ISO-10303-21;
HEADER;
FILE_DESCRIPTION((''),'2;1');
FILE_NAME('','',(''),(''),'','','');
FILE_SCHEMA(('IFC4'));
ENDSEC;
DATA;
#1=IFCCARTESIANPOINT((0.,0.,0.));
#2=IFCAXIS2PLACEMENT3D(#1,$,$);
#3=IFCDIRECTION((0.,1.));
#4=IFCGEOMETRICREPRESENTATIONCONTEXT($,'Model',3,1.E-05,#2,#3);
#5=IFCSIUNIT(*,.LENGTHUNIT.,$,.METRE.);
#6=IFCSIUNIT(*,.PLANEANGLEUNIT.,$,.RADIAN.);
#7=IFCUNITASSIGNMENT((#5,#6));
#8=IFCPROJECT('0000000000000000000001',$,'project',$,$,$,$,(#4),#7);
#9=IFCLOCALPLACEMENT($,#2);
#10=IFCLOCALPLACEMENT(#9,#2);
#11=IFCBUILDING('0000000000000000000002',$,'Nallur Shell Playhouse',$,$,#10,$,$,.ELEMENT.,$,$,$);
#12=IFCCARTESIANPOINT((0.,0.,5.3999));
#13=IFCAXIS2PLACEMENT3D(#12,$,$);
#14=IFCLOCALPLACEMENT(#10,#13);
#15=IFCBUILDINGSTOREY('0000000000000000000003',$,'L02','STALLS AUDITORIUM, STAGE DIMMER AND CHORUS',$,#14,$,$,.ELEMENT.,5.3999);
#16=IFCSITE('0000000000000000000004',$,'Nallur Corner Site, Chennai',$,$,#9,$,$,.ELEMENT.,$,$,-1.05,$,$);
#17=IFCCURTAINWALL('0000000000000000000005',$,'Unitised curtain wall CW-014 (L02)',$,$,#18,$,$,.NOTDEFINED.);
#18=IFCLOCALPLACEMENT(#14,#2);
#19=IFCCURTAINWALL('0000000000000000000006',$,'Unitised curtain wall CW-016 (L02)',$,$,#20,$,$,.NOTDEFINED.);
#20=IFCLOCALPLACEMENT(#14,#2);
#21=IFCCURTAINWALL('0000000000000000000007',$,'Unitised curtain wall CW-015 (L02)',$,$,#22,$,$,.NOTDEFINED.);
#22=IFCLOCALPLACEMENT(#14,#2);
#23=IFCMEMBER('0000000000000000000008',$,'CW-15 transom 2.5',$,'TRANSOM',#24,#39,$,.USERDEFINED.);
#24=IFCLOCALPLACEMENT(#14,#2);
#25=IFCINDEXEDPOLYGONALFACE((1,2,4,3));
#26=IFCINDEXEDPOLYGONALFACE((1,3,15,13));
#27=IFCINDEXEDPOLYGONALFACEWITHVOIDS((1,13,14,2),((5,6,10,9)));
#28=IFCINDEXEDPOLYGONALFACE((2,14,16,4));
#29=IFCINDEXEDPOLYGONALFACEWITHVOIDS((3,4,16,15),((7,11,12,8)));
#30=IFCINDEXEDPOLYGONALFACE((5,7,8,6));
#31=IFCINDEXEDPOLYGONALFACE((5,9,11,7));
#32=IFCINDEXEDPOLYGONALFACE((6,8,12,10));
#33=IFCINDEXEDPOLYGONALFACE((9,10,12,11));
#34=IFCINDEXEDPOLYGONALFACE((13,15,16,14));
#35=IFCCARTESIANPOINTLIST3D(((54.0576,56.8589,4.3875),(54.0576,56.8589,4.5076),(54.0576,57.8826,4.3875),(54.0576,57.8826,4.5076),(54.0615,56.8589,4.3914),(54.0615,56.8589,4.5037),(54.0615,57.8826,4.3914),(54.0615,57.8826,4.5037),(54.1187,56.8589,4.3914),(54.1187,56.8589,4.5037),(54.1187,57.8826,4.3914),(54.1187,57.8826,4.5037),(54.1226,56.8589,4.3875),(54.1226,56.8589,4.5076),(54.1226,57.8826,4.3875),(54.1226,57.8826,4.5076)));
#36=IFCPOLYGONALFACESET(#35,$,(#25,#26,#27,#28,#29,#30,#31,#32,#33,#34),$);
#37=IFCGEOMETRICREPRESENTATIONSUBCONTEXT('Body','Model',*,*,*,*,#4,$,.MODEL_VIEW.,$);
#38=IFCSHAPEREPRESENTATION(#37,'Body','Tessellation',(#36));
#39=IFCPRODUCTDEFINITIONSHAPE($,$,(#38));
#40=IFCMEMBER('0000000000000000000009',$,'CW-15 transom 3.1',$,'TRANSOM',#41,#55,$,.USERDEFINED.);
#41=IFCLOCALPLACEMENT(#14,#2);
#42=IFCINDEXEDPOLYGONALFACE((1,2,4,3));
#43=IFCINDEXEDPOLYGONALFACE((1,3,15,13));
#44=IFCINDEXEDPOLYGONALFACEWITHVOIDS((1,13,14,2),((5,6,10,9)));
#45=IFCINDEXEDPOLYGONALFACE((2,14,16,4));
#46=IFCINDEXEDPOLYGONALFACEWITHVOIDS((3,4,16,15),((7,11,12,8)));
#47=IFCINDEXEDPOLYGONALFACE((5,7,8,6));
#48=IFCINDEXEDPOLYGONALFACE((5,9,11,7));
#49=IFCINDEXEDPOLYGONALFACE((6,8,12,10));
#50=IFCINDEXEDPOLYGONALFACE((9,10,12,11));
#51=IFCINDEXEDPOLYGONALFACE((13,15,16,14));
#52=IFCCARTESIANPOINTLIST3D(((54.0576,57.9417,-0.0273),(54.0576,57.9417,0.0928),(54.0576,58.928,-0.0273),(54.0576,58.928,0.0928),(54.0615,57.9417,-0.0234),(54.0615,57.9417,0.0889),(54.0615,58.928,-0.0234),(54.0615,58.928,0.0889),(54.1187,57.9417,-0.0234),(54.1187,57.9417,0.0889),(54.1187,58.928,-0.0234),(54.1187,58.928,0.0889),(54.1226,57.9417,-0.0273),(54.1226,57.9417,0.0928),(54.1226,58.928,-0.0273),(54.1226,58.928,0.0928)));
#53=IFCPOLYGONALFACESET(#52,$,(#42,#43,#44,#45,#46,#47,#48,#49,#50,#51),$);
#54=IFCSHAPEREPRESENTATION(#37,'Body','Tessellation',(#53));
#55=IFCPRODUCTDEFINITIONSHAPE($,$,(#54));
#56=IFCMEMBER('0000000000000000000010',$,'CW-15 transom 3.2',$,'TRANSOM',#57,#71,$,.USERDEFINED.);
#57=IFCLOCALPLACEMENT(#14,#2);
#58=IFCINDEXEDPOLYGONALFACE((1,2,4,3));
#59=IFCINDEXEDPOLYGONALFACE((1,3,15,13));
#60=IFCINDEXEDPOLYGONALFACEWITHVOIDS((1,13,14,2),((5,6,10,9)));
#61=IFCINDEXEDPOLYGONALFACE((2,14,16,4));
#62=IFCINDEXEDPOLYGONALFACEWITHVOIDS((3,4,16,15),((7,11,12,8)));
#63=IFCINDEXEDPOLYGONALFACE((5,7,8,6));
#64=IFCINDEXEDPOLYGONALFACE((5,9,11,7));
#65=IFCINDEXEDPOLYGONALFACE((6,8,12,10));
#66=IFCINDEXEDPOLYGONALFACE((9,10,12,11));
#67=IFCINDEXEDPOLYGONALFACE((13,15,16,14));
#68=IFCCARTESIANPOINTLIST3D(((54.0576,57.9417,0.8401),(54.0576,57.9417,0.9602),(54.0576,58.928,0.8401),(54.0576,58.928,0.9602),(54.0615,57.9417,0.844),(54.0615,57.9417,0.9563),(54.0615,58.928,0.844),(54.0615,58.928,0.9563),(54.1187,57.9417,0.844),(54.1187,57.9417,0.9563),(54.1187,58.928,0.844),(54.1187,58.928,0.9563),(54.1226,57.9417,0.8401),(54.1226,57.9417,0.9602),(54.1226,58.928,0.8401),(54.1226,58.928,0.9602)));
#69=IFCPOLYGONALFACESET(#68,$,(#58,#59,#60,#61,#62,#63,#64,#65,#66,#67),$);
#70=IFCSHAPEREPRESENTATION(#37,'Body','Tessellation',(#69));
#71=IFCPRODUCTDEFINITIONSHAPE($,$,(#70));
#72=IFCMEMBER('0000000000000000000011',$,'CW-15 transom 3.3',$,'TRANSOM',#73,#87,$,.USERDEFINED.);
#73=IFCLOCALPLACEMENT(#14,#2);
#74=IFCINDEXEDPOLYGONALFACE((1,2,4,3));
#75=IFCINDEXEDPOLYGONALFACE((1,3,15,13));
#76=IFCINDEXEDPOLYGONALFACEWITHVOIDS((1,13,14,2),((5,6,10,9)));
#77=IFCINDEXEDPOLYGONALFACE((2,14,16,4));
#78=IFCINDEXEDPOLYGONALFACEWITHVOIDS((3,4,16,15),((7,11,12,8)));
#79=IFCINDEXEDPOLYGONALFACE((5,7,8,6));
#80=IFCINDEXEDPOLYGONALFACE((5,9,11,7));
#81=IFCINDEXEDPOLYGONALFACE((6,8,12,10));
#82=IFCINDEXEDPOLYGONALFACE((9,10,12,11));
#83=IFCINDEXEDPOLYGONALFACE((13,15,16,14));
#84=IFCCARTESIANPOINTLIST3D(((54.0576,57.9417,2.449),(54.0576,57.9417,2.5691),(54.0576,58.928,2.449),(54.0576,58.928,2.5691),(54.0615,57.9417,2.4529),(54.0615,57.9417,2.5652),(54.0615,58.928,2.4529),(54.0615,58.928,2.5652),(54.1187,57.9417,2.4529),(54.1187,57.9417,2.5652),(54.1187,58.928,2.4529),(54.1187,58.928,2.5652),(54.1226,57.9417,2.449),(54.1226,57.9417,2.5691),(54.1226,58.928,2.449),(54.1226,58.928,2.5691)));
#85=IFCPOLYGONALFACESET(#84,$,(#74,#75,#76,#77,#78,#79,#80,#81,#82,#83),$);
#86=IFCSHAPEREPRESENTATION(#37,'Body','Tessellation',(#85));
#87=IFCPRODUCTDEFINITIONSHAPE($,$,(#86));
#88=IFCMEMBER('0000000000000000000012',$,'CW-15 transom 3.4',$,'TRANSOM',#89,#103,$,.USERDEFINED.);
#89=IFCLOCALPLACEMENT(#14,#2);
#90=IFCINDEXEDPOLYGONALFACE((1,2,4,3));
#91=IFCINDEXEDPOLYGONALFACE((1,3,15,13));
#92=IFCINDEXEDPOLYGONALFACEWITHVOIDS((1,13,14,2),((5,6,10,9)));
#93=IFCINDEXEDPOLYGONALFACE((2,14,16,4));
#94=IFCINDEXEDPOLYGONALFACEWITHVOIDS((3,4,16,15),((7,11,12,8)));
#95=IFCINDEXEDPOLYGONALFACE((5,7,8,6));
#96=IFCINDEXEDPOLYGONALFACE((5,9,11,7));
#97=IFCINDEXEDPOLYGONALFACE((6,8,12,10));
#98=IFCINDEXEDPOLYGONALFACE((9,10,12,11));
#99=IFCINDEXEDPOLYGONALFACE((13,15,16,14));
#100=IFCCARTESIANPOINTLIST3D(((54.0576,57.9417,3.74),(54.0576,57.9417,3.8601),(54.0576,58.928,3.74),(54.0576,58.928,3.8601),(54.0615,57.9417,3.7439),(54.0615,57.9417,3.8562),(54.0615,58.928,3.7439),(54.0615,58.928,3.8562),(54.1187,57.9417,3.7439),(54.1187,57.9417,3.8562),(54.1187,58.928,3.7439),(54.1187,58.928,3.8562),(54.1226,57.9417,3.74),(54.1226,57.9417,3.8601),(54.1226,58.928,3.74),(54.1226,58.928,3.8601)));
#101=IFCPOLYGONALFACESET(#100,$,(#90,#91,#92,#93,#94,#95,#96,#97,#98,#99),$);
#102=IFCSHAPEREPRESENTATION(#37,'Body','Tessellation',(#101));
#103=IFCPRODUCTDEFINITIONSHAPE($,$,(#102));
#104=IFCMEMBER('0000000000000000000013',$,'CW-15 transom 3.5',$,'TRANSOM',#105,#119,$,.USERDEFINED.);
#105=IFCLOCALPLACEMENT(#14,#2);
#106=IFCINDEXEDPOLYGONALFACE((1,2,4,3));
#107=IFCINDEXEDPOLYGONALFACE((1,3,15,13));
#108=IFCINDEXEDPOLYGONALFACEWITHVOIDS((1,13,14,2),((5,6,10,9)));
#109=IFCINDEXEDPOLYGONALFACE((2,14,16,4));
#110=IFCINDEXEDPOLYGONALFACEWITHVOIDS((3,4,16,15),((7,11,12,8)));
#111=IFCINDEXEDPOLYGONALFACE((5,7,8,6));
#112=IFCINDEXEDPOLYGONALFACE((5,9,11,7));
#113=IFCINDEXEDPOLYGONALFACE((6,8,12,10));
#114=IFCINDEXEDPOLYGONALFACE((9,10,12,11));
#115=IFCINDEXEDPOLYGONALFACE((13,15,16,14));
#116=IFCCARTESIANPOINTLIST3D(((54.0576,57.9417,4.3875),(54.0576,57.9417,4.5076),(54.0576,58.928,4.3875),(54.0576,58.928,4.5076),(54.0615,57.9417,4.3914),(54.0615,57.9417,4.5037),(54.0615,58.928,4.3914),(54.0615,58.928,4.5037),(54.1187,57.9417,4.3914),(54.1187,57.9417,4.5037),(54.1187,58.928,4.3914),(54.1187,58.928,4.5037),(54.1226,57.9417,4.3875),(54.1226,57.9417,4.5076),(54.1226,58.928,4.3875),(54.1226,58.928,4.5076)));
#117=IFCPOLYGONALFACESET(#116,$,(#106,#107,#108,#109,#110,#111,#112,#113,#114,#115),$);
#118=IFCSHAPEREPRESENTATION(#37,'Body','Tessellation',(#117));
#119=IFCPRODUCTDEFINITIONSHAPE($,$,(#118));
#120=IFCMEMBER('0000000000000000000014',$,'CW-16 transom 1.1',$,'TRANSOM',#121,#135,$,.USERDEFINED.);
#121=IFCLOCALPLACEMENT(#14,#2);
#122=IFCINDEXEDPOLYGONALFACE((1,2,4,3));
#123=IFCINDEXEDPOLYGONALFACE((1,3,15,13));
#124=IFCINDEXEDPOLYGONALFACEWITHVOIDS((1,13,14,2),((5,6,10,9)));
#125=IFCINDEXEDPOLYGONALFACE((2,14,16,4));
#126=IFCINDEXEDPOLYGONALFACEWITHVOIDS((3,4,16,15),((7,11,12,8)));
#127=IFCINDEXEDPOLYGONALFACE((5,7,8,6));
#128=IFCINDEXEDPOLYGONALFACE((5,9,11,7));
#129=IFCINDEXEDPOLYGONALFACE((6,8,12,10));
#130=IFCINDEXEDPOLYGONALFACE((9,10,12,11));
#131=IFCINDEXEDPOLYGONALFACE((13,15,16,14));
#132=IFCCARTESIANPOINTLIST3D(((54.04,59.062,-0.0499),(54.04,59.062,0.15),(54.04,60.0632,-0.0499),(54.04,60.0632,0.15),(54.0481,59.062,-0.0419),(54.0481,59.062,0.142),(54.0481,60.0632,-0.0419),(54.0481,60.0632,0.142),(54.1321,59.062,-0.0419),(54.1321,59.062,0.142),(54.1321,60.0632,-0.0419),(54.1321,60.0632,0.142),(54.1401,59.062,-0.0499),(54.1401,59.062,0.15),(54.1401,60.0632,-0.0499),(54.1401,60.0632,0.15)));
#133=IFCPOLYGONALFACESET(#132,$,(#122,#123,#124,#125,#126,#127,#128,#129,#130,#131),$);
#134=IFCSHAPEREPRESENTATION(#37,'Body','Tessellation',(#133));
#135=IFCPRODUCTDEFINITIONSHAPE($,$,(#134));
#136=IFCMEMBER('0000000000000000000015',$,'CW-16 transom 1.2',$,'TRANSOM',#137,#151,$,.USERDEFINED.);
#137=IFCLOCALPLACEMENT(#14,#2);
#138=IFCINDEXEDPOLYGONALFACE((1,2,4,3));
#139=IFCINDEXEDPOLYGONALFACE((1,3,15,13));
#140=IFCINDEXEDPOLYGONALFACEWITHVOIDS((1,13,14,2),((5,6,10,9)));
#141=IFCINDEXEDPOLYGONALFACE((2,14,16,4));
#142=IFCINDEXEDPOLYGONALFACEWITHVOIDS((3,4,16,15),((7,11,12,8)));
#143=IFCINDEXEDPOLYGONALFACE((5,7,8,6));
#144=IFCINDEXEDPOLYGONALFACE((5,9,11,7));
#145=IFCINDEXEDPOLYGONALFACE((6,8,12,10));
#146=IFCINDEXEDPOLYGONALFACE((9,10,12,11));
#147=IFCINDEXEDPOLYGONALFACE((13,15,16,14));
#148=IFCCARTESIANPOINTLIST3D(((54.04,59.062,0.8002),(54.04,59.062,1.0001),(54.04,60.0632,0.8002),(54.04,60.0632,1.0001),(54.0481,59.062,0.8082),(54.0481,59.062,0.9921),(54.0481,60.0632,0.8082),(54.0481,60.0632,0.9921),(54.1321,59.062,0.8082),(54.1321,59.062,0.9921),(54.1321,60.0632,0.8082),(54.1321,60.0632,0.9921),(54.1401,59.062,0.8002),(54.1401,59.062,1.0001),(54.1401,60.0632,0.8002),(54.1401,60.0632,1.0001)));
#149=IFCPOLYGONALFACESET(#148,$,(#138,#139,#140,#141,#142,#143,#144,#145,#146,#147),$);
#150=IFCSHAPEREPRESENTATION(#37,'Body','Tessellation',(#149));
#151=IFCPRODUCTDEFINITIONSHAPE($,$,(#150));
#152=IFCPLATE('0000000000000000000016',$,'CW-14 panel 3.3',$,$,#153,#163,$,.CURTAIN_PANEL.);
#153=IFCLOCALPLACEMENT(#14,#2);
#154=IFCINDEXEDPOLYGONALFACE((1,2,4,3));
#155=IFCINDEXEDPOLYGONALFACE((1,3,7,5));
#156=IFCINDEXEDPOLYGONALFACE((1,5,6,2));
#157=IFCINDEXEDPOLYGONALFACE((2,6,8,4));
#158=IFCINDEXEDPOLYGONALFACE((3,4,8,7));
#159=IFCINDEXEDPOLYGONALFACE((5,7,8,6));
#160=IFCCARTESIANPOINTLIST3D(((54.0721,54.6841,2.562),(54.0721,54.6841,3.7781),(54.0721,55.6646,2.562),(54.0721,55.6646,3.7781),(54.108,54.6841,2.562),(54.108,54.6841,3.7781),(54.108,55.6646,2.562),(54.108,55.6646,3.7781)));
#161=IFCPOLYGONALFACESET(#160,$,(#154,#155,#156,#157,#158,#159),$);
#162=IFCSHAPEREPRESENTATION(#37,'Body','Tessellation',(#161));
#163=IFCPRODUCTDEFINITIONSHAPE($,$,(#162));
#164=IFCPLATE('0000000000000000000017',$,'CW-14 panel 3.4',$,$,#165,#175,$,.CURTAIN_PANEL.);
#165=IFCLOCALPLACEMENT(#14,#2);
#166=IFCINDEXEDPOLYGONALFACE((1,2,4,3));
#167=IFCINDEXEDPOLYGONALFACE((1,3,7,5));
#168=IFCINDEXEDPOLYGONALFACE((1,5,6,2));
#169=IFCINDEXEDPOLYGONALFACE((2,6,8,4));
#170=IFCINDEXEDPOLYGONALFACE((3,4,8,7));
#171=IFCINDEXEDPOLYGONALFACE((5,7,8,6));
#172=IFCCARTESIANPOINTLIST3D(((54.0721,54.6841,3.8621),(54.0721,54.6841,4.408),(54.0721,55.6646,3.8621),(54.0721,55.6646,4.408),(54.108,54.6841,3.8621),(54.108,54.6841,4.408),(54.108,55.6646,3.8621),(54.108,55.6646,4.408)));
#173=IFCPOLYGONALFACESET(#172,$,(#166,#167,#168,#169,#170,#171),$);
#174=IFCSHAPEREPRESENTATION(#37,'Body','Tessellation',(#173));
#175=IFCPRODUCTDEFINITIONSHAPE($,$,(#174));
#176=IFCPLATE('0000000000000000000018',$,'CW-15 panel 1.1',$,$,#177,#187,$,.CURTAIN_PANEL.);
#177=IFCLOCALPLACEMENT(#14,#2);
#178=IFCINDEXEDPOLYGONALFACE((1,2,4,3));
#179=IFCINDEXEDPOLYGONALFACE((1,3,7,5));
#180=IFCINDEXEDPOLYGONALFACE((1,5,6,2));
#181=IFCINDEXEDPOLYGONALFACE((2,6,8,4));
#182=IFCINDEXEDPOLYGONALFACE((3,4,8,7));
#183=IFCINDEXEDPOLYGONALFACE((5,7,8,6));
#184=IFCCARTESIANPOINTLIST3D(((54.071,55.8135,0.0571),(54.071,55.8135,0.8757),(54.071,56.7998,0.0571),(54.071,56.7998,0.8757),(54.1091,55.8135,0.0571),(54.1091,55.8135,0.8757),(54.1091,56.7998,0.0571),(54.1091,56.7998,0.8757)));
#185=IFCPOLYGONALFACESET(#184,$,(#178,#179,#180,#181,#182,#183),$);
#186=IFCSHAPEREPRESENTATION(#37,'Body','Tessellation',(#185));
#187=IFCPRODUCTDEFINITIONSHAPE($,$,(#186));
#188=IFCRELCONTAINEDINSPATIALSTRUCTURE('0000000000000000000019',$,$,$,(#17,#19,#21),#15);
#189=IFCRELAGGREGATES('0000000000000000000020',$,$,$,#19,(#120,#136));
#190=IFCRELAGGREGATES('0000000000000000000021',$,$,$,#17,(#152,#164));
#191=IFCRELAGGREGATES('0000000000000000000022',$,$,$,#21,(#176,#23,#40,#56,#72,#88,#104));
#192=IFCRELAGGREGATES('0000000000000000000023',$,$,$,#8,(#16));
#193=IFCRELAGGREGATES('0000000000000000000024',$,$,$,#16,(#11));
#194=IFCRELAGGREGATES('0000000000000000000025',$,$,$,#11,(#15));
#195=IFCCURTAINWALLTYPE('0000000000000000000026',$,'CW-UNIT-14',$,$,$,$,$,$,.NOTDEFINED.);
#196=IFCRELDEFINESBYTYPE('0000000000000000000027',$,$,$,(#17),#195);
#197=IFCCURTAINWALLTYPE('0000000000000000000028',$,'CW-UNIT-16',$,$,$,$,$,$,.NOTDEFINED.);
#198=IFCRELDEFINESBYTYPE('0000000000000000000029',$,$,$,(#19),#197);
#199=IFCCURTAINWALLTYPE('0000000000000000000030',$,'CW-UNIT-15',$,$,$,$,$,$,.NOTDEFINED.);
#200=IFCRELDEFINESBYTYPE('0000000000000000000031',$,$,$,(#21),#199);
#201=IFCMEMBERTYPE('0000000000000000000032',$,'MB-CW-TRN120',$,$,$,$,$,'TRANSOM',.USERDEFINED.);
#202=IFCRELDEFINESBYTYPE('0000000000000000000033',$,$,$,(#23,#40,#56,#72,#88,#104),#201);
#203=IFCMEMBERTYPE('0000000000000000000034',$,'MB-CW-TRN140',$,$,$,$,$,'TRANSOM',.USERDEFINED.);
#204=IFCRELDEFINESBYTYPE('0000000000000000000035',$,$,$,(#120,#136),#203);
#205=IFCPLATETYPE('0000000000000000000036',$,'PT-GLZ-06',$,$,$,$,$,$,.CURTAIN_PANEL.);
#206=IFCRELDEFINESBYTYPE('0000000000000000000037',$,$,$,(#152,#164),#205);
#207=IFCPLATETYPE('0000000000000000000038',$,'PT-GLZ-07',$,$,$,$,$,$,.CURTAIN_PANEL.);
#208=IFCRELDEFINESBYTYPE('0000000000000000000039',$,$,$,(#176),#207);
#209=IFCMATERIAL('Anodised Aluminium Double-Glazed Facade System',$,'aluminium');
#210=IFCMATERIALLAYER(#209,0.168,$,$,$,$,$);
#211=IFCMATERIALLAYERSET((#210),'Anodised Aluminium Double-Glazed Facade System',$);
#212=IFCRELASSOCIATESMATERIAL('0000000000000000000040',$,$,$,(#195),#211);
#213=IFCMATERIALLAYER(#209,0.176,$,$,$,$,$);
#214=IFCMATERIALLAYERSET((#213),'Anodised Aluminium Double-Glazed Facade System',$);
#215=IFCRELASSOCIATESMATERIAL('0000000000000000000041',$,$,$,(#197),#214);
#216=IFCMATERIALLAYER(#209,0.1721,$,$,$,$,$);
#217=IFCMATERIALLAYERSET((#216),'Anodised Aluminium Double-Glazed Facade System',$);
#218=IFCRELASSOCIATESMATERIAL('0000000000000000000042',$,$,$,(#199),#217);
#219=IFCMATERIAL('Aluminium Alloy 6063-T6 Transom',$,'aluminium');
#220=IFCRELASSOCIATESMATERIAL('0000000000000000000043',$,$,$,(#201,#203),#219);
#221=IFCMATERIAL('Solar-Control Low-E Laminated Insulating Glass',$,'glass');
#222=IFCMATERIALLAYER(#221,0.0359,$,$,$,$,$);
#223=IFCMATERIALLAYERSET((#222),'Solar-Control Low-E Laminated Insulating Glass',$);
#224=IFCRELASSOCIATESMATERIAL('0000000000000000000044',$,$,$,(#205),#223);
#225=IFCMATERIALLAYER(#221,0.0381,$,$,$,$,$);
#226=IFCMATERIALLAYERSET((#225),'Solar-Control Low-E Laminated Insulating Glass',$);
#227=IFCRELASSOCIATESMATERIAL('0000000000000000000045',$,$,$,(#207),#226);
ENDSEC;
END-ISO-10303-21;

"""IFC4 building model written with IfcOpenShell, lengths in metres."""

from ifc_helpers import new_model, si_unit, direction, frame, origin, origin_2d, place, context, subcontext, project, spatial, rectangle, hollow_rectangle, extrude, material, layer, layer_set, material_profile, profile_set, type_object, element, aggregate, save


model = new_model("IFC4")

# Units and contexts
model_context = context("Model", 3, precision=1e-05, world=origin(), true_north=direction((0.0, 1.0)))
body_context = subcontext(model_context, "Body", "Model", "MODEL_VIEW")
ifc_project = project(units=[si_unit("LENGTHUNIT", "METRE"), si_unit("PLANEANGLEUNIT", "RADIAN")], contexts=[model_context])

# Site, building, storey
site_placement = place(None, origin())
site = spatial("IfcSite", under=ifc_project, at=site_placement, Name="Nallur Corner Site, Chennai", CompositionType="ELEMENT", RefElevation=-1.05)
building_placement = place(site_placement, origin())
building = spatial("IfcBuilding", under=site, at=building_placement, Name="Nallur Shell Playhouse", CompositionType="ELEMENT")
storey_placement = place(building_placement, frame((0.0, 0.0, 5.3999)))
storey = spatial("IfcBuildingStorey", under=building, at=storey_placement, Name="L02", Description="STALLS AUDITORIUM, STAGE DIMMER AND CHORUS", CompositionType="ELEMENT", Elevation=5.3999)

# Curtain walls
ifc_material_1 = material(Name="Anodised Aluminium Double-Glazed Facade System", Category="aluminium")
ifc_layer_1 = layer(ifc_material_1, 0.168)
ifc_layer_set_1 = layer_set([ifc_layer_1], Name="Anodised Aluminium Double-Glazed Facade System")
curtain_wall_type_1 = type_object("IfcCurtainWallType", Name="CW-UNIT-14", PredefinedType="NOTDEFINED", material=ifc_layer_set_1)
curtain_wall_1_placement = place(storey_placement, origin())
curtain_wall_1 = element("IfcCurtainWall", 1, at=curtain_wall_1_placement, inside=storey, type_object=curtain_wall_type_1, Name="Unitised curtain wall CW-014 (L02)", PredefinedType="NOTDEFINED")
ifc_layer_2 = layer(ifc_material_1, 0.176)
ifc_layer_set_2 = layer_set([ifc_layer_2], Name="Anodised Aluminium Double-Glazed Facade System")
curtain_wall_type_2 = type_object("IfcCurtainWallType", Name="CW-UNIT-16", PredefinedType="NOTDEFINED", material=ifc_layer_set_2)
curtain_wall_2_placement = place(storey_placement, origin())
curtain_wall_2 = element("IfcCurtainWall", 2, at=curtain_wall_2_placement, inside=storey, type_object=curtain_wall_type_2, Name="Unitised curtain wall CW-016 (L02)", PredefinedType="NOTDEFINED")

# Curtain wall, members
ifc_layer_3 = layer(ifc_material_1, 0.1721)
ifc_layer_set_3 = layer_set([ifc_layer_3], Name="Anodised Aluminium Double-Glazed Facade System")
curtain_wall_type_3 = type_object("IfcCurtainWallType", Name="CW-UNIT-15", PredefinedType="NOTDEFINED", material=ifc_layer_set_3)
curtain_wall_3_placement = place(storey_placement, origin())
curtain_wall_3 = element("IfcCurtainWall", 3, at=curtain_wall_3_placement, inside=storey, type_object=curtain_wall_type_3, Name="Unitised curtain wall CW-015 (L02)", PredefinedType="NOTDEFINED")
ifc_material_2 = material(Name="Aluminium Alloy 6063-T6 Transom", Category="aluminium")
ifc_material_profile_1 = material_profile(ifc_material_2, hollow_rectangle(XDim=0.0649, YDim=0.1201, WallThickness=0.0039, at=origin_2d()), Name="ALU 65x120x4")
ifc_profile_set_1 = profile_set([ifc_material_profile_1], Name="Aluminium Alloy 6063-T6 Transom")
member_type_1 = type_object("IfcMemberType", Name="MB-CW-TRN120", ElementType="TRANSOM", PredefinedType="USERDEFINED", material=ifc_profile_set_1)
member_1_placement = place(storey_placement, frame((54.0901, 56.8589, 4.4475), z_axis=(0.0, 1.0, 0.0), x_axis=(-1.0, 0.0, 0.0)))
member_1 = element("IfcMember", 4, at=member_1_placement, type_object=member_type_1, Name="CW-15 transom 2.5", ObjectType="TRANSOM", PredefinedType="USERDEFINED", context=body_context, shape_type="SweptSolid", body=[
    extrude(hollow_rectangle(XDim=0.0649, YDim=0.1201, WallThickness=0.0039, at=origin_2d()), origin(), (0.0, 0.0, 1.0), 1.0237),
])
member_2_placement = place(storey_placement, frame((54.0901, 57.9417, 0.0327), z_axis=(0.0, 1.0, 0.0), x_axis=(-1.0, 0.0, 0.0)))
member_2 = element("IfcMember", 5, at=member_2_placement, type_object=member_type_1, Name="CW-15 transom 3.1", ObjectType="TRANSOM", PredefinedType="USERDEFINED", context=body_context, shape_type="SweptSolid", body=[
    extrude(hollow_rectangle(XDim=0.0649, YDim=0.1201, WallThickness=0.0039, at=origin_2d()), origin(), (0.0, 0.0, 1.0), 0.9863),
])
member_3_placement = place(storey_placement, frame((54.0901, 57.9417, 0.9001), z_axis=(0.0, 1.0, 0.0), x_axis=(-1.0, 0.0, 0.0)))
member_3 = element("IfcMember", 6, at=member_3_placement, type_object=member_type_1, Name="CW-15 transom 3.2", ObjectType="TRANSOM", PredefinedType="USERDEFINED", context=body_context, shape_type="SweptSolid", body=[
    extrude(hollow_rectangle(XDim=0.0649, YDim=0.1201, WallThickness=0.0039, at=origin_2d()), origin(), (0.0, 0.0, 1.0), 0.9863),
])
member_4_placement = place(storey_placement, frame((54.0901, 57.9417, 2.509), z_axis=(0.0, 1.0, 0.0), x_axis=(-1.0, 0.0, 0.0)))
member_4 = element("IfcMember", 7, at=member_4_placement, type_object=member_type_1, Name="CW-15 transom 3.3", ObjectType="TRANSOM", PredefinedType="USERDEFINED", context=body_context, shape_type="SweptSolid", body=[
    extrude(hollow_rectangle(XDim=0.0649, YDim=0.1201, WallThickness=0.0039, at=origin_2d()), origin(), (0.0, 0.0, 1.0), 0.9863),
])
member_5_placement = place(storey_placement, frame((54.0901, 57.9417, 3.8), z_axis=(0.0, 1.0, 0.0), x_axis=(-1.0, 0.0, 0.0)))
member_5 = element("IfcMember", 8, at=member_5_placement, type_object=member_type_1, Name="CW-15 transom 3.4", ObjectType="TRANSOM", PredefinedType="USERDEFINED", context=body_context, shape_type="SweptSolid", body=[
    extrude(hollow_rectangle(XDim=0.0649, YDim=0.1201, WallThickness=0.0039, at=origin_2d()), origin(), (0.0, 0.0, 1.0), 0.9863),
])
member_6_placement = place(storey_placement, frame((54.0901, 57.9417, 4.4475), z_axis=(0.0, 1.0, 0.0), x_axis=(-1.0, 0.0, 0.0)))
member_6 = element("IfcMember", 9, at=member_6_placement, type_object=member_type_1, Name="CW-15 transom 3.5", ObjectType="TRANSOM", PredefinedType="USERDEFINED", context=body_context, shape_type="SweptSolid", body=[
    extrude(hollow_rectangle(XDim=0.0649, YDim=0.1201, WallThickness=0.0039, at=origin_2d()), origin(), (0.0, 0.0, 1.0), 0.9863),
])

# Members
ifc_material_profile_2 = material_profile(ifc_material_2, hollow_rectangle(XDim=0.1001, YDim=0.2, WallThickness=0.0081, at=origin_2d()), Name="RHS 200x100x8")
ifc_profile_set_2 = profile_set([ifc_material_profile_2], Name="Aluminium Alloy 6063-T6 Transom")
member_type_2 = type_object("IfcMemberType", Name="MB-CW-TRN140", ElementType="TRANSOM", PredefinedType="USERDEFINED", material=ifc_profile_set_2)
member_7_placement = place(storey_placement, frame((54.0901, 59.062, 0.05), z_axis=(0.0, 1.0, 0.0), x_axis=(-1.0, 0.0, 0.0)))
member_7 = element("IfcMember", 10, at=member_7_placement, type_object=member_type_2, Name="CW-16 transom 1.1", ObjectType="TRANSOM", PredefinedType="USERDEFINED", context=body_context, shape_type="SweptSolid", body=[
    extrude(hollow_rectangle(XDim=0.1001, YDim=0.2, WallThickness=0.0081, at=origin_2d()), origin(), (0.0, 0.0, 1.0), 1.0012),
])
member_8_placement = place(storey_placement, frame((54.0901, 59.062, 0.9001), z_axis=(0.0, 1.0, 0.0), x_axis=(-1.0, 0.0, 0.0)))
member_8 = element("IfcMember", 11, at=member_8_placement, type_object=member_type_2, Name="CW-16 transom 1.2", ObjectType="TRANSOM", PredefinedType="USERDEFINED", context=body_context, shape_type="SweptSolid", body=[
    extrude(hollow_rectangle(XDim=0.1001, YDim=0.2, WallThickness=0.0081, at=origin_2d()), origin(), (0.0, 0.0, 1.0), 1.0012),
])
aggregate(curtain_wall_2, [member_7, member_8])

# Plates
ifc_material_3 = material(Name="Solar-Control Low-E Laminated Insulating Glass", Category="glass")
ifc_layer_4 = layer(ifc_material_3, 0.0359)
ifc_layer_set_4 = layer_set([ifc_layer_4], Name="Solar-Control Low-E Laminated Insulating Glass")
plate_type_1 = type_object("IfcPlateType", Name="PT-GLZ-06", PredefinedType="CURTAIN_PANEL", material=ifc_layer_set_4)
plate_1_placement = place(storey_placement, frame((54.0901, 55.1743, 2.562), z_axis=(0.0, 0.0, 1.0), x_axis=(0.0, 1.0, 0.0)))
plate_1 = element("IfcPlate", 12, at=plate_1_placement, type_object=plate_type_1, Name="CW-14 panel 3.3", PredefinedType="CURTAIN_PANEL", context=body_context, shape_type="SweptSolid", body=[
    extrude(rectangle(XDim=0.9805, YDim=0.0359, at=origin_2d()), origin(), (0.0, 0.0, 1.0), 1.2161),
])
plate_2_placement = place(storey_placement, frame((54.0901, 55.1743, 3.8621), z_axis=(0.0, 0.0, 1.0), x_axis=(0.0, 1.0, 0.0)))
plate_2 = element("IfcPlate", 13, at=plate_2_placement, type_object=plate_type_1, Name="CW-14 panel 3.4", PredefinedType="CURTAIN_PANEL", context=body_context, shape_type="SweptSolid", body=[
    extrude(rectangle(XDim=0.9805, YDim=0.0359, at=origin_2d()), origin(), (0.0, 0.0, 1.0), 0.5459),
])
aggregate(curtain_wall_1, [plate_1, plate_2])
ifc_layer_5 = layer(ifc_material_3, 0.0381)
ifc_layer_set_5 = layer_set([ifc_layer_5], Name="Solar-Control Low-E Laminated Insulating Glass")
plate_type_2 = type_object("IfcPlateType", Name="PT-GLZ-07", PredefinedType="CURTAIN_PANEL", material=ifc_layer_set_5)
plate_3_placement = place(storey_placement, frame((54.0901, 56.3066, 0.0571), z_axis=(0.0, 0.0, 1.0), x_axis=(0.0, 1.0, 0.0)))
plate_3 = element("IfcPlate", 14, at=plate_3_placement, type_object=plate_type_2, Name="CW-15 panel 1.1", PredefinedType="CURTAIN_PANEL", context=body_context, shape_type="SweptSolid", body=[
    extrude(rectangle(XDim=0.9863, YDim=0.0381, at=origin_2d()), origin(), (0.0, 0.0, 1.0), 0.8186),
])
aggregate(curtain_wall_3, [plate_3, member_1, member_2, member_3, member_4, member_5, member_6])

save(model, "model.ifc")
